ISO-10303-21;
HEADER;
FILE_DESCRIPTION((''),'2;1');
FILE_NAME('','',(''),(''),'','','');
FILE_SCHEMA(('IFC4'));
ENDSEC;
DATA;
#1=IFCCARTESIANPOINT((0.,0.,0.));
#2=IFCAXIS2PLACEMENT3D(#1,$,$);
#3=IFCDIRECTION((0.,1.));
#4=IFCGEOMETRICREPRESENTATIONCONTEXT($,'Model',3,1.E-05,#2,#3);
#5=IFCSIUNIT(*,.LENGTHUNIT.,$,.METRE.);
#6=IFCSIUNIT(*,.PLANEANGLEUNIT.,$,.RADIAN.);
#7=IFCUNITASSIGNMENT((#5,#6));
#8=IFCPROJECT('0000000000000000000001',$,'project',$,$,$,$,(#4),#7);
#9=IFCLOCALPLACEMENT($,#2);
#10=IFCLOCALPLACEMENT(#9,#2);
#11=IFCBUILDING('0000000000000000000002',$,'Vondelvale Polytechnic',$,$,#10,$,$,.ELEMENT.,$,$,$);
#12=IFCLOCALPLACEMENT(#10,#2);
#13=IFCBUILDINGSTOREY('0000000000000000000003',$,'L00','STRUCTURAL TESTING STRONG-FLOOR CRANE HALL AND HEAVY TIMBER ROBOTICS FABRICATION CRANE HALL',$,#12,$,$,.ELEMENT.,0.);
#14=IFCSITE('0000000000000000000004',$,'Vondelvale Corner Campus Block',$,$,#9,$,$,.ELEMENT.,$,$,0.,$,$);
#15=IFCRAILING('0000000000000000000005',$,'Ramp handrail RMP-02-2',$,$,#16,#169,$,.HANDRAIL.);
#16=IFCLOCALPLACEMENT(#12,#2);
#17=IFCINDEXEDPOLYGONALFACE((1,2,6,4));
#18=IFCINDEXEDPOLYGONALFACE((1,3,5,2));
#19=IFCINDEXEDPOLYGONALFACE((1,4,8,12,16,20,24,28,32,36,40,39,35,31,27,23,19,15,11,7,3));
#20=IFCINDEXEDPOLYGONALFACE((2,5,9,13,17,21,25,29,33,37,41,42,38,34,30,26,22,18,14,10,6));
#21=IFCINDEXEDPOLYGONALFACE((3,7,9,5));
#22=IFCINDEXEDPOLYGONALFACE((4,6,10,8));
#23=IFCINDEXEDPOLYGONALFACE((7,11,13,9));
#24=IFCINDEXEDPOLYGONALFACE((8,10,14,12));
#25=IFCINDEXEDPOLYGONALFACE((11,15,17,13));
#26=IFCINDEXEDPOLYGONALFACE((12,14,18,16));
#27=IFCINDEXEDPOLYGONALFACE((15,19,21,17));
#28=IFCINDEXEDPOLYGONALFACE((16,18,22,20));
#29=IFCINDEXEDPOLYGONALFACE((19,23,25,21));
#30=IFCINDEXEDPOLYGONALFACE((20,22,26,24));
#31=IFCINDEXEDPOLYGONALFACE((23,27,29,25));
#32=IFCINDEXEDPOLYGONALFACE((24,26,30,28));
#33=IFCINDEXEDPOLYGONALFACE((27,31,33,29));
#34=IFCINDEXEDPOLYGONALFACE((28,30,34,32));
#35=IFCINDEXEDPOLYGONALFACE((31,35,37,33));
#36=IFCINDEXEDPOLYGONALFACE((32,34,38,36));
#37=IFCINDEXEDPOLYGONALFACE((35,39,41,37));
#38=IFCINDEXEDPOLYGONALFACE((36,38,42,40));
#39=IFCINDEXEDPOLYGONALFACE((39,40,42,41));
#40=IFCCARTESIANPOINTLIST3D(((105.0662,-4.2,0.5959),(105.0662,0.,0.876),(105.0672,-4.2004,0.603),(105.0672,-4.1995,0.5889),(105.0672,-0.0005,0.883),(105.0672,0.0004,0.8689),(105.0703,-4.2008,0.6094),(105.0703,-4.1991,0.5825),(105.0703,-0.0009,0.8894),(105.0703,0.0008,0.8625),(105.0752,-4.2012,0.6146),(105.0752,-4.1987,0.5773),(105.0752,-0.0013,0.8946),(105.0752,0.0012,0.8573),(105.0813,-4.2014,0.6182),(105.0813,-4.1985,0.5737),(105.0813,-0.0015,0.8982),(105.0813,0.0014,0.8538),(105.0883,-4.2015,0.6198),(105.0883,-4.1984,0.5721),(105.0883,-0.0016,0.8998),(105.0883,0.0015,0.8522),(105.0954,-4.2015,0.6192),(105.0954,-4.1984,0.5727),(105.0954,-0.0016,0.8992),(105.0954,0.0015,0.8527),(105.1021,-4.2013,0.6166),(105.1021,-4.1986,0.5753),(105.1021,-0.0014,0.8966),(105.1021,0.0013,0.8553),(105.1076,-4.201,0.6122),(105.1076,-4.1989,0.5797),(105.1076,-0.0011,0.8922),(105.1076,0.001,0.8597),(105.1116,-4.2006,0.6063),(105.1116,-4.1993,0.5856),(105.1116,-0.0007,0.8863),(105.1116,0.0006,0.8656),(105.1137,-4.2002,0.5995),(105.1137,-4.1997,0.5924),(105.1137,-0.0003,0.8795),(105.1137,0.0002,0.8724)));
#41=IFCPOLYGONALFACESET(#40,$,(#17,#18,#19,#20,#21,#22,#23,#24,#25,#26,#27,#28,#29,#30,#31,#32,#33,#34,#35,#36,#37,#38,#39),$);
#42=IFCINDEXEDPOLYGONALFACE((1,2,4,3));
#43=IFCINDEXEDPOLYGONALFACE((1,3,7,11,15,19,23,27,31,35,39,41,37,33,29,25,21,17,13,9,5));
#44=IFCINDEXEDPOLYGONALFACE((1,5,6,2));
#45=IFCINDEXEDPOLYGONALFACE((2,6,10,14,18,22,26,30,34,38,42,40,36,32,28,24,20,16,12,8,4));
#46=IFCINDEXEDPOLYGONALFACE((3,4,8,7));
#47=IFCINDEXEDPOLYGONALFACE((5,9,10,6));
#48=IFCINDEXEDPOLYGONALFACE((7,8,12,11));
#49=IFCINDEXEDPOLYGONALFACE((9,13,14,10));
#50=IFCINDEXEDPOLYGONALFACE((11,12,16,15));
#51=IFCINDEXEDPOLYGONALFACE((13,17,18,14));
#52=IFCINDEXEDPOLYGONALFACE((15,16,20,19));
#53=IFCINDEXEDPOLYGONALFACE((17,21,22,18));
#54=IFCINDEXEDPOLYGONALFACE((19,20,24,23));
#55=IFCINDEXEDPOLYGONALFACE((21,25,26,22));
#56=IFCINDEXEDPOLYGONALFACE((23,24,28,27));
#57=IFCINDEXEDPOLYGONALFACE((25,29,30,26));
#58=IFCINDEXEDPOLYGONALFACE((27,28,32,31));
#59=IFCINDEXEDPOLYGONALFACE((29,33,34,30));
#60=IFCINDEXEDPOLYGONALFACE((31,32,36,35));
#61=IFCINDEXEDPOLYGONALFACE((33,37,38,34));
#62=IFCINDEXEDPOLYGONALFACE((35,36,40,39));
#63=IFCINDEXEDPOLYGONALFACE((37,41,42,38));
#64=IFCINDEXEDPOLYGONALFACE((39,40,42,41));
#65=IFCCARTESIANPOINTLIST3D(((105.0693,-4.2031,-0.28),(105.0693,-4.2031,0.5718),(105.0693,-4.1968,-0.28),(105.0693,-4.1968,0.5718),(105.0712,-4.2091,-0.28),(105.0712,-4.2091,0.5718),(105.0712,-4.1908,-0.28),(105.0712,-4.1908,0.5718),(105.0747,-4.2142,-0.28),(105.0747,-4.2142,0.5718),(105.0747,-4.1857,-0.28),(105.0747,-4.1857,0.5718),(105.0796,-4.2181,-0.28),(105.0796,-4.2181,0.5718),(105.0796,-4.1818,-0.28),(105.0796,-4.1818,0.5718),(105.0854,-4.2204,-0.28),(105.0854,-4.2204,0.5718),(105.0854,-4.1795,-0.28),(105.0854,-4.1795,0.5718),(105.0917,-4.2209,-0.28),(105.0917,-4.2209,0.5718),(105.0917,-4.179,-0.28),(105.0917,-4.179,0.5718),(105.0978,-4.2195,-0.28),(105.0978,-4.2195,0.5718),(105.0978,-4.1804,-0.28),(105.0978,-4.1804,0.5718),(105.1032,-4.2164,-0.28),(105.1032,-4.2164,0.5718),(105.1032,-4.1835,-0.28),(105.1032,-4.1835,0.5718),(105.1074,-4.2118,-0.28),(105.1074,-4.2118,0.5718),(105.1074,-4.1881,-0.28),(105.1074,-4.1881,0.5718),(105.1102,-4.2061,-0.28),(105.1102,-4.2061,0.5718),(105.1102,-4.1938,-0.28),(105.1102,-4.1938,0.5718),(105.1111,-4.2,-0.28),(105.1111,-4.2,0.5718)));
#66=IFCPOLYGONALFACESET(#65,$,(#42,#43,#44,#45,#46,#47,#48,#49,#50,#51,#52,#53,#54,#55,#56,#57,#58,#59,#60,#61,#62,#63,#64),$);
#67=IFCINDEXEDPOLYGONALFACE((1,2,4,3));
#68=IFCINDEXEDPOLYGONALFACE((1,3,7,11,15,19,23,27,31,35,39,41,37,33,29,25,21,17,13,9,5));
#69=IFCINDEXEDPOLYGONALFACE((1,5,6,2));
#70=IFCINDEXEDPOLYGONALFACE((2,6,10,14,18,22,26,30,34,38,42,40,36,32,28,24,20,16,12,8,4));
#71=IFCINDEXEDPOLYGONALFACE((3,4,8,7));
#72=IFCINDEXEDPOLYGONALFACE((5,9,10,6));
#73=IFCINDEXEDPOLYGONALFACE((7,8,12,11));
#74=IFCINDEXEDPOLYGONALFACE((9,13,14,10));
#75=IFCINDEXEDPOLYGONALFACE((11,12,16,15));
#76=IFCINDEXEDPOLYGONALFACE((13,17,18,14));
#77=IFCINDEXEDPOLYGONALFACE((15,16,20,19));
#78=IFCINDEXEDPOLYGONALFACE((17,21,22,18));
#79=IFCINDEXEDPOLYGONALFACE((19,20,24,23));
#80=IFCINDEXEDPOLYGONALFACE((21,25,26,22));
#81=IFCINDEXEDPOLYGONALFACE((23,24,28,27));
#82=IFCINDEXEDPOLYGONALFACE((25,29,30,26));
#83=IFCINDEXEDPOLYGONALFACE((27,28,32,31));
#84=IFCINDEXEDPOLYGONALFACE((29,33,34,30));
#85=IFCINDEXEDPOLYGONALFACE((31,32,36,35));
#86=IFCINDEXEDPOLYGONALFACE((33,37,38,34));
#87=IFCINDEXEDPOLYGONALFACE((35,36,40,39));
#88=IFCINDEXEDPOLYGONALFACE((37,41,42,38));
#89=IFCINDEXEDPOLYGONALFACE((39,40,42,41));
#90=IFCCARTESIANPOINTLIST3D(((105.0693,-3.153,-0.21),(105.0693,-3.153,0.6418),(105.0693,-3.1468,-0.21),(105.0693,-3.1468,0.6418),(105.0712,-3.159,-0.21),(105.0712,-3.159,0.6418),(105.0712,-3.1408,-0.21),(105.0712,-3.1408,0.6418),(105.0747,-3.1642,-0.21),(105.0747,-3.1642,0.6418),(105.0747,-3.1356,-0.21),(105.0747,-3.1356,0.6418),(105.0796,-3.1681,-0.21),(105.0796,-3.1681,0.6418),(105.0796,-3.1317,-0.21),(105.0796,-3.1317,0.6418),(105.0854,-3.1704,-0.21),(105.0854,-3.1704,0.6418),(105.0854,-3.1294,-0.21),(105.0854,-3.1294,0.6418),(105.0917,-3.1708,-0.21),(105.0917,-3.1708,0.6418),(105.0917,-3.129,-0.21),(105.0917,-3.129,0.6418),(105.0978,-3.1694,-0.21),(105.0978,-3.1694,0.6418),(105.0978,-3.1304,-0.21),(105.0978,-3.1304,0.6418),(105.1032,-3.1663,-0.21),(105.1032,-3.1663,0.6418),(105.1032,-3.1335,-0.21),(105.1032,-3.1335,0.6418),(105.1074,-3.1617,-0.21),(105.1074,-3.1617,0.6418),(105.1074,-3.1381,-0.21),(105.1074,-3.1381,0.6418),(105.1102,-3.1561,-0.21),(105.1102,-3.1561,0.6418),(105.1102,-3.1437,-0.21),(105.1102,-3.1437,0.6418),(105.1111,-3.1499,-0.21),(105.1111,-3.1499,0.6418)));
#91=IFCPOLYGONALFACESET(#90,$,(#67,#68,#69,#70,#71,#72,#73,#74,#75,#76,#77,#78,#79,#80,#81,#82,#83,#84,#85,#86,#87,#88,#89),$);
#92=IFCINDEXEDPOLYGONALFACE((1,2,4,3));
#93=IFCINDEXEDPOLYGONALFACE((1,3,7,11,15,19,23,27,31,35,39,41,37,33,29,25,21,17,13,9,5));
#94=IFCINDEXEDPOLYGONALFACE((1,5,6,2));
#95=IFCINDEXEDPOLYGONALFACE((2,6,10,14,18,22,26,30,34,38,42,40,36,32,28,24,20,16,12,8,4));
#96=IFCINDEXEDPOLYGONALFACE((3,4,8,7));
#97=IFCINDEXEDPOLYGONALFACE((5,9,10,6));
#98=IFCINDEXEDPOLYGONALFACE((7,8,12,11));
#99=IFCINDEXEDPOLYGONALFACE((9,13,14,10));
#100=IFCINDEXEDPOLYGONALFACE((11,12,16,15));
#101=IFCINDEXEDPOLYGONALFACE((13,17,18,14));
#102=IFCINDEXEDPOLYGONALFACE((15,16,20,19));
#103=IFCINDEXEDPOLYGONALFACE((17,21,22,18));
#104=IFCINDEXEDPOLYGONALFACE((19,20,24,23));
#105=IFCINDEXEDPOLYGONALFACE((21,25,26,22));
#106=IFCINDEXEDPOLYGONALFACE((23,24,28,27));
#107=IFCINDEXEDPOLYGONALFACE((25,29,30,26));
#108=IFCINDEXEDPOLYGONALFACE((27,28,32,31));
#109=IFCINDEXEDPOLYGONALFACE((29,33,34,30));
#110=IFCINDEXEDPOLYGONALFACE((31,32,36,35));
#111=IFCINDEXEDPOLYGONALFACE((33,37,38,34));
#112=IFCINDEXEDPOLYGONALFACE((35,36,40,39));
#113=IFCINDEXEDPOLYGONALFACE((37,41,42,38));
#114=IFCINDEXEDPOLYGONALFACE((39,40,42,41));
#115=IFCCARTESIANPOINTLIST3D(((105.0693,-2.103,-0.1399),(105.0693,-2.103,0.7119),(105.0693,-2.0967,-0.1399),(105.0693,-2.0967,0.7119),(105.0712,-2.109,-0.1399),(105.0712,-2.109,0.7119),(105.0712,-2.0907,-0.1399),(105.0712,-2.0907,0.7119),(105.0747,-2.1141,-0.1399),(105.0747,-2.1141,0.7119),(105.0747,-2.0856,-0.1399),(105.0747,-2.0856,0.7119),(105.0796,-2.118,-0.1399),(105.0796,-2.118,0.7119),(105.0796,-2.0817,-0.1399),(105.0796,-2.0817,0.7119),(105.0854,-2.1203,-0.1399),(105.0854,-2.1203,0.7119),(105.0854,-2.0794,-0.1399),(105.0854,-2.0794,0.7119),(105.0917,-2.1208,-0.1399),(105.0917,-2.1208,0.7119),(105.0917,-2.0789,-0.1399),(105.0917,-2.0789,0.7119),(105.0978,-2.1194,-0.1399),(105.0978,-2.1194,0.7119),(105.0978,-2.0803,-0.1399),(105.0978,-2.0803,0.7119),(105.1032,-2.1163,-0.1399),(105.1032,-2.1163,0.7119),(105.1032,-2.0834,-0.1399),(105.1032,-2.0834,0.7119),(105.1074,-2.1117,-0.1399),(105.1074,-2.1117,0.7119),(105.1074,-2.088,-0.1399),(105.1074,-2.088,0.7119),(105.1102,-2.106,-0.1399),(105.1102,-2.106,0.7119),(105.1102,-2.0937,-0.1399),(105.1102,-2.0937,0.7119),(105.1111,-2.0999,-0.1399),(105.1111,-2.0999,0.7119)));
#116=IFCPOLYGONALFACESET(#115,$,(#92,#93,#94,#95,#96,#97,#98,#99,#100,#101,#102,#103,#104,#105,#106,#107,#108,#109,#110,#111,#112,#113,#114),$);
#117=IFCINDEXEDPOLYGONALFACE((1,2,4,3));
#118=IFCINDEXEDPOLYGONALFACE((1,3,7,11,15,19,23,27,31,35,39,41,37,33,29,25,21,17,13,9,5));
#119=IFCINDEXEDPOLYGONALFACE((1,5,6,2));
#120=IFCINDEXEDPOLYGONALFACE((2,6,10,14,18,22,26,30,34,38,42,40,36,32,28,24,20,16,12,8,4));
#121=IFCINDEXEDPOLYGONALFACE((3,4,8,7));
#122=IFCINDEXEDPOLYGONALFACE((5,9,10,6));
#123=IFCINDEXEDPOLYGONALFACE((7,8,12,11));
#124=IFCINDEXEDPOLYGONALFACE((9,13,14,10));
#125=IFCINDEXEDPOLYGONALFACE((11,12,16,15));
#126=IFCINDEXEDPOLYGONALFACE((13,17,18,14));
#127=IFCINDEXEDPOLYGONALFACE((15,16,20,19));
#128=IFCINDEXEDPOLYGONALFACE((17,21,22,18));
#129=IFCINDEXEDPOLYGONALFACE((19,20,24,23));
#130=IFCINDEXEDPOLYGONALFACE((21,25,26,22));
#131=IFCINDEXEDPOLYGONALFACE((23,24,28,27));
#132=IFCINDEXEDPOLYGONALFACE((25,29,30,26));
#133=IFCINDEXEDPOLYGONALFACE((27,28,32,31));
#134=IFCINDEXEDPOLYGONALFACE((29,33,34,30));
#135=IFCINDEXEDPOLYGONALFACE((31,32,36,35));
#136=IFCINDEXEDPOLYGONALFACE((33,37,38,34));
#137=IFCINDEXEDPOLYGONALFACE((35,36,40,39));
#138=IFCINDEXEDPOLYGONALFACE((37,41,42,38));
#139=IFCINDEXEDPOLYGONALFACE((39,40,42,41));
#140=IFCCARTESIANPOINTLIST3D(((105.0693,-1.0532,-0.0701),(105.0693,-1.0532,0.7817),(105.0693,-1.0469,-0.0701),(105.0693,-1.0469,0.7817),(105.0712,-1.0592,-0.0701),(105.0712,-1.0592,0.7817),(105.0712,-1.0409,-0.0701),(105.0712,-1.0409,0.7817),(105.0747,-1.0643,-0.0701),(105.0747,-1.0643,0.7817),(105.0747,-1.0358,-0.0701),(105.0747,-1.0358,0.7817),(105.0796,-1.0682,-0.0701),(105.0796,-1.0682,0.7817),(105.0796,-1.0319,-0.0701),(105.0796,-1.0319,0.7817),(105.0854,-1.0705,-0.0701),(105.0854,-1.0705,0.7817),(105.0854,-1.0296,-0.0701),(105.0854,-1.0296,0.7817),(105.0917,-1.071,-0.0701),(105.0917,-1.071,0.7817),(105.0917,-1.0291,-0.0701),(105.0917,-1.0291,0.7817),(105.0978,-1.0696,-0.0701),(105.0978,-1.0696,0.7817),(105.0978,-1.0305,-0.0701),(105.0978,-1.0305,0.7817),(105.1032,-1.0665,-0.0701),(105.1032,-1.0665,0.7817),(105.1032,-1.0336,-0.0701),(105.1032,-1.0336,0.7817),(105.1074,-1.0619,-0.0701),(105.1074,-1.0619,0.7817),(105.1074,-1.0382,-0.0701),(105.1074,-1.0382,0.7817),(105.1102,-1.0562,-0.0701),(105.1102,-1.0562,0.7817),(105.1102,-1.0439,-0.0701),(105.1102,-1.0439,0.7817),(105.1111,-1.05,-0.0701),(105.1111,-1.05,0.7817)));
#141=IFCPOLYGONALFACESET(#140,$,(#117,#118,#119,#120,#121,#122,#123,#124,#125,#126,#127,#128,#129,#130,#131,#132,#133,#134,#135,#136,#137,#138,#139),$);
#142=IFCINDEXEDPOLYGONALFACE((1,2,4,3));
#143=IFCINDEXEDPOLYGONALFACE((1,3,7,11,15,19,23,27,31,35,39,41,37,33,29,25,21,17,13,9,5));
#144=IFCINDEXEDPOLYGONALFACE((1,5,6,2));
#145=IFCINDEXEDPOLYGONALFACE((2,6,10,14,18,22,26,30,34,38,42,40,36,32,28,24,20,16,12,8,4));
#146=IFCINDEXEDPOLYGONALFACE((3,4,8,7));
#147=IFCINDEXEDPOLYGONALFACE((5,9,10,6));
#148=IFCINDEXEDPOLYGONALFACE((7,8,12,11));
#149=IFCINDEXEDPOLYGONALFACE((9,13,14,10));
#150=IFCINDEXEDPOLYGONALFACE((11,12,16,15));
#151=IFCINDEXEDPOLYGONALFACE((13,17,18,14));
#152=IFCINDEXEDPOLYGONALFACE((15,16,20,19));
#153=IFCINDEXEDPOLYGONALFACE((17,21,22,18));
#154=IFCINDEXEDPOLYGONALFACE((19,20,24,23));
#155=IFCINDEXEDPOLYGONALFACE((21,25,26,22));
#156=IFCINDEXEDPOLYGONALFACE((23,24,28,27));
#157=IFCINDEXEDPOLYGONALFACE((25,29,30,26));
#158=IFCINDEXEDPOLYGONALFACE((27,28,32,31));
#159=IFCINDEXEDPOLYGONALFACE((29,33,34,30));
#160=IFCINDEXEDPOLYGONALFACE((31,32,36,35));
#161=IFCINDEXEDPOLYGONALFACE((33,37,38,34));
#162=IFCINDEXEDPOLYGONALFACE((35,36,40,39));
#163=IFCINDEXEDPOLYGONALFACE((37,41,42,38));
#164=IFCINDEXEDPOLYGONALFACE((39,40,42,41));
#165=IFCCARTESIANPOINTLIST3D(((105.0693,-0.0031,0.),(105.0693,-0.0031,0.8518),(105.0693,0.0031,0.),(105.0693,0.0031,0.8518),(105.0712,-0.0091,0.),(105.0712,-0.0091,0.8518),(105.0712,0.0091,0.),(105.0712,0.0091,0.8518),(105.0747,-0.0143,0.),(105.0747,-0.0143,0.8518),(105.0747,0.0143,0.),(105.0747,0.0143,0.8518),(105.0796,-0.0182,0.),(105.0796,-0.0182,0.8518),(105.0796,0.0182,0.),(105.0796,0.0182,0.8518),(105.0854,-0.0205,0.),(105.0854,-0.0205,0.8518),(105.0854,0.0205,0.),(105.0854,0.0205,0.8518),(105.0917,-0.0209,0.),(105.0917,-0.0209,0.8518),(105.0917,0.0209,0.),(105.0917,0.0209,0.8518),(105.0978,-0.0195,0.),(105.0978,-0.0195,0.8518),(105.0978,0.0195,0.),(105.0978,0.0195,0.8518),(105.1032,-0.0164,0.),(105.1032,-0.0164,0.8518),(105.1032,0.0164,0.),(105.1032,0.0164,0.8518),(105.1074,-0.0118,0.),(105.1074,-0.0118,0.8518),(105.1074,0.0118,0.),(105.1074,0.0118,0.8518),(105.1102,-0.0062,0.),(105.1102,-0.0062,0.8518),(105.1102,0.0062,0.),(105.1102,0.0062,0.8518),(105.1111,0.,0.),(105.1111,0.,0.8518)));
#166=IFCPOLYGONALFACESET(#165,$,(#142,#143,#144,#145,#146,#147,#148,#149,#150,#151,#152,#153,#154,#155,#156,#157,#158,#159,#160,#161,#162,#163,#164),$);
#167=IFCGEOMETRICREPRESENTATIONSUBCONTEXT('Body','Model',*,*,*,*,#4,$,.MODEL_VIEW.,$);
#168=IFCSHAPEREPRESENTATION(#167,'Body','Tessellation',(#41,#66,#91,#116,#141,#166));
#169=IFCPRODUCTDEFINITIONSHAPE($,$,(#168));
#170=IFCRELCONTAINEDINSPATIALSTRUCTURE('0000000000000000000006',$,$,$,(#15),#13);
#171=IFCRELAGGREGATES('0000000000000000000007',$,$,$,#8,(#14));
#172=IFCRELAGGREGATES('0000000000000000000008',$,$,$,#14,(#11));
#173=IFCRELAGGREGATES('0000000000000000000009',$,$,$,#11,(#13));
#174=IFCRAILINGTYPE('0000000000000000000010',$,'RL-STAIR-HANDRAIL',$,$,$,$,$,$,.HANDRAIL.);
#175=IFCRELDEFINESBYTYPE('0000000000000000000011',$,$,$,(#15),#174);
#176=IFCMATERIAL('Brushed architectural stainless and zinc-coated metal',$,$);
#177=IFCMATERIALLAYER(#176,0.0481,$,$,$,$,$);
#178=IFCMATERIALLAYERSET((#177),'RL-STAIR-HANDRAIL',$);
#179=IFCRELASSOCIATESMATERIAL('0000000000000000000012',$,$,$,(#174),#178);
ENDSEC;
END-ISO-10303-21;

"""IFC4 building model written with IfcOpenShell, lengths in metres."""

from ifc_helpers import new_model, si_unit, direction, frame, origin, origin_2d, place, context, subcontext, project, spatial, circle, extrude, material, layer, layer_set, type_object, element, save


model = new_model("IFC4")

# Units and contexts
model_context = context("Model", 3, precision=1e-05, world=origin(), true_north=direction((0.0, 1.0)))
body_context = subcontext(model_context, "Body", "Model", "MODEL_VIEW")
ifc_project = project(units=[si_unit("LENGTHUNIT", "METRE"), si_unit("PLANEANGLEUNIT", "RADIAN")], contexts=[model_context])

# Site, building, storey
site_placement = place(None, origin())
site = spatial("IfcSite", under=ifc_project, at=site_placement, Name="Vondelvale Corner Campus Block", CompositionType="ELEMENT", RefElevation=0.0)
building_placement = place(site_placement, origin())
building = spatial("IfcBuilding", under=site, at=building_placement, Name="Vondelvale Polytechnic", CompositionType="ELEMENT")
storey_placement = place(building_placement, origin())
storey = spatial("IfcBuildingStorey", under=building, at=storey_placement, Name="L00", Description="STRUCTURAL TESTING STRONG-FLOOR CRANE HALL AND HEAVY TIMBER ROBOTICS FABRICATION CRANE HALL", CompositionType="ELEMENT", Elevation=0.0)

# Railing
ifc_material_1 = material(Name="Brushed architectural stainless and zinc-coated metal")
ifc_layer_1 = layer(ifc_material_1, 0.0481)
ifc_layer_set_1 = layer_set([ifc_layer_1], Name="RL-STAIR-HANDRAIL")
railing_type = type_object("IfcRailingType", Name="RL-STAIR-HANDRAIL", PredefinedType="HANDRAIL", material=ifc_layer_set_1)
railing_placement = place(storey_placement, frame((105.0901, -4.2, -0.28)))
element("IfcRailing", 1, at=railing_placement, inside=storey, type_object=railing_type, Name="Ramp handrail RMP-02-2", PredefinedType="HANDRAIL", context=body_context, shape_type="SweptSolid", body=[
    extrude(circle(Radius=0.0239, at=origin_2d()), frame((0.0, 0.0, 0.876), z_axis=(0.0, 0.997785, 0.066527), x_axis=(-1.0, 0.0, 0.0)), (0.0, 0.0, 1.0), 4.2092),
    extrude(circle(Radius=0.021, at=origin_2d()), origin(), (0.0, 0.0, 1.0), 0.8518),
    extrude(circle(Radius=0.021, at=origin_2d()), frame((0.0, 1.05, 0.0701)), (0.0, 0.0, 1.0), 0.8518),
    extrude(circle(Radius=0.021, at=origin_2d()), frame((0.0, 2.1001, 0.1401)), (0.0, 0.0, 1.0), 0.8518),
    extrude(circle(Radius=0.021, at=origin_2d()), frame((0.0, 3.1499, 0.21)), (0.0, 0.0, 1.0), 0.8518),
    extrude(circle(Radius=0.021, at=origin_2d()), frame((0.0, 4.2, 0.28)), (0.0, 0.0, 1.0), 0.8518),
])

save(model, "model.ifc")
